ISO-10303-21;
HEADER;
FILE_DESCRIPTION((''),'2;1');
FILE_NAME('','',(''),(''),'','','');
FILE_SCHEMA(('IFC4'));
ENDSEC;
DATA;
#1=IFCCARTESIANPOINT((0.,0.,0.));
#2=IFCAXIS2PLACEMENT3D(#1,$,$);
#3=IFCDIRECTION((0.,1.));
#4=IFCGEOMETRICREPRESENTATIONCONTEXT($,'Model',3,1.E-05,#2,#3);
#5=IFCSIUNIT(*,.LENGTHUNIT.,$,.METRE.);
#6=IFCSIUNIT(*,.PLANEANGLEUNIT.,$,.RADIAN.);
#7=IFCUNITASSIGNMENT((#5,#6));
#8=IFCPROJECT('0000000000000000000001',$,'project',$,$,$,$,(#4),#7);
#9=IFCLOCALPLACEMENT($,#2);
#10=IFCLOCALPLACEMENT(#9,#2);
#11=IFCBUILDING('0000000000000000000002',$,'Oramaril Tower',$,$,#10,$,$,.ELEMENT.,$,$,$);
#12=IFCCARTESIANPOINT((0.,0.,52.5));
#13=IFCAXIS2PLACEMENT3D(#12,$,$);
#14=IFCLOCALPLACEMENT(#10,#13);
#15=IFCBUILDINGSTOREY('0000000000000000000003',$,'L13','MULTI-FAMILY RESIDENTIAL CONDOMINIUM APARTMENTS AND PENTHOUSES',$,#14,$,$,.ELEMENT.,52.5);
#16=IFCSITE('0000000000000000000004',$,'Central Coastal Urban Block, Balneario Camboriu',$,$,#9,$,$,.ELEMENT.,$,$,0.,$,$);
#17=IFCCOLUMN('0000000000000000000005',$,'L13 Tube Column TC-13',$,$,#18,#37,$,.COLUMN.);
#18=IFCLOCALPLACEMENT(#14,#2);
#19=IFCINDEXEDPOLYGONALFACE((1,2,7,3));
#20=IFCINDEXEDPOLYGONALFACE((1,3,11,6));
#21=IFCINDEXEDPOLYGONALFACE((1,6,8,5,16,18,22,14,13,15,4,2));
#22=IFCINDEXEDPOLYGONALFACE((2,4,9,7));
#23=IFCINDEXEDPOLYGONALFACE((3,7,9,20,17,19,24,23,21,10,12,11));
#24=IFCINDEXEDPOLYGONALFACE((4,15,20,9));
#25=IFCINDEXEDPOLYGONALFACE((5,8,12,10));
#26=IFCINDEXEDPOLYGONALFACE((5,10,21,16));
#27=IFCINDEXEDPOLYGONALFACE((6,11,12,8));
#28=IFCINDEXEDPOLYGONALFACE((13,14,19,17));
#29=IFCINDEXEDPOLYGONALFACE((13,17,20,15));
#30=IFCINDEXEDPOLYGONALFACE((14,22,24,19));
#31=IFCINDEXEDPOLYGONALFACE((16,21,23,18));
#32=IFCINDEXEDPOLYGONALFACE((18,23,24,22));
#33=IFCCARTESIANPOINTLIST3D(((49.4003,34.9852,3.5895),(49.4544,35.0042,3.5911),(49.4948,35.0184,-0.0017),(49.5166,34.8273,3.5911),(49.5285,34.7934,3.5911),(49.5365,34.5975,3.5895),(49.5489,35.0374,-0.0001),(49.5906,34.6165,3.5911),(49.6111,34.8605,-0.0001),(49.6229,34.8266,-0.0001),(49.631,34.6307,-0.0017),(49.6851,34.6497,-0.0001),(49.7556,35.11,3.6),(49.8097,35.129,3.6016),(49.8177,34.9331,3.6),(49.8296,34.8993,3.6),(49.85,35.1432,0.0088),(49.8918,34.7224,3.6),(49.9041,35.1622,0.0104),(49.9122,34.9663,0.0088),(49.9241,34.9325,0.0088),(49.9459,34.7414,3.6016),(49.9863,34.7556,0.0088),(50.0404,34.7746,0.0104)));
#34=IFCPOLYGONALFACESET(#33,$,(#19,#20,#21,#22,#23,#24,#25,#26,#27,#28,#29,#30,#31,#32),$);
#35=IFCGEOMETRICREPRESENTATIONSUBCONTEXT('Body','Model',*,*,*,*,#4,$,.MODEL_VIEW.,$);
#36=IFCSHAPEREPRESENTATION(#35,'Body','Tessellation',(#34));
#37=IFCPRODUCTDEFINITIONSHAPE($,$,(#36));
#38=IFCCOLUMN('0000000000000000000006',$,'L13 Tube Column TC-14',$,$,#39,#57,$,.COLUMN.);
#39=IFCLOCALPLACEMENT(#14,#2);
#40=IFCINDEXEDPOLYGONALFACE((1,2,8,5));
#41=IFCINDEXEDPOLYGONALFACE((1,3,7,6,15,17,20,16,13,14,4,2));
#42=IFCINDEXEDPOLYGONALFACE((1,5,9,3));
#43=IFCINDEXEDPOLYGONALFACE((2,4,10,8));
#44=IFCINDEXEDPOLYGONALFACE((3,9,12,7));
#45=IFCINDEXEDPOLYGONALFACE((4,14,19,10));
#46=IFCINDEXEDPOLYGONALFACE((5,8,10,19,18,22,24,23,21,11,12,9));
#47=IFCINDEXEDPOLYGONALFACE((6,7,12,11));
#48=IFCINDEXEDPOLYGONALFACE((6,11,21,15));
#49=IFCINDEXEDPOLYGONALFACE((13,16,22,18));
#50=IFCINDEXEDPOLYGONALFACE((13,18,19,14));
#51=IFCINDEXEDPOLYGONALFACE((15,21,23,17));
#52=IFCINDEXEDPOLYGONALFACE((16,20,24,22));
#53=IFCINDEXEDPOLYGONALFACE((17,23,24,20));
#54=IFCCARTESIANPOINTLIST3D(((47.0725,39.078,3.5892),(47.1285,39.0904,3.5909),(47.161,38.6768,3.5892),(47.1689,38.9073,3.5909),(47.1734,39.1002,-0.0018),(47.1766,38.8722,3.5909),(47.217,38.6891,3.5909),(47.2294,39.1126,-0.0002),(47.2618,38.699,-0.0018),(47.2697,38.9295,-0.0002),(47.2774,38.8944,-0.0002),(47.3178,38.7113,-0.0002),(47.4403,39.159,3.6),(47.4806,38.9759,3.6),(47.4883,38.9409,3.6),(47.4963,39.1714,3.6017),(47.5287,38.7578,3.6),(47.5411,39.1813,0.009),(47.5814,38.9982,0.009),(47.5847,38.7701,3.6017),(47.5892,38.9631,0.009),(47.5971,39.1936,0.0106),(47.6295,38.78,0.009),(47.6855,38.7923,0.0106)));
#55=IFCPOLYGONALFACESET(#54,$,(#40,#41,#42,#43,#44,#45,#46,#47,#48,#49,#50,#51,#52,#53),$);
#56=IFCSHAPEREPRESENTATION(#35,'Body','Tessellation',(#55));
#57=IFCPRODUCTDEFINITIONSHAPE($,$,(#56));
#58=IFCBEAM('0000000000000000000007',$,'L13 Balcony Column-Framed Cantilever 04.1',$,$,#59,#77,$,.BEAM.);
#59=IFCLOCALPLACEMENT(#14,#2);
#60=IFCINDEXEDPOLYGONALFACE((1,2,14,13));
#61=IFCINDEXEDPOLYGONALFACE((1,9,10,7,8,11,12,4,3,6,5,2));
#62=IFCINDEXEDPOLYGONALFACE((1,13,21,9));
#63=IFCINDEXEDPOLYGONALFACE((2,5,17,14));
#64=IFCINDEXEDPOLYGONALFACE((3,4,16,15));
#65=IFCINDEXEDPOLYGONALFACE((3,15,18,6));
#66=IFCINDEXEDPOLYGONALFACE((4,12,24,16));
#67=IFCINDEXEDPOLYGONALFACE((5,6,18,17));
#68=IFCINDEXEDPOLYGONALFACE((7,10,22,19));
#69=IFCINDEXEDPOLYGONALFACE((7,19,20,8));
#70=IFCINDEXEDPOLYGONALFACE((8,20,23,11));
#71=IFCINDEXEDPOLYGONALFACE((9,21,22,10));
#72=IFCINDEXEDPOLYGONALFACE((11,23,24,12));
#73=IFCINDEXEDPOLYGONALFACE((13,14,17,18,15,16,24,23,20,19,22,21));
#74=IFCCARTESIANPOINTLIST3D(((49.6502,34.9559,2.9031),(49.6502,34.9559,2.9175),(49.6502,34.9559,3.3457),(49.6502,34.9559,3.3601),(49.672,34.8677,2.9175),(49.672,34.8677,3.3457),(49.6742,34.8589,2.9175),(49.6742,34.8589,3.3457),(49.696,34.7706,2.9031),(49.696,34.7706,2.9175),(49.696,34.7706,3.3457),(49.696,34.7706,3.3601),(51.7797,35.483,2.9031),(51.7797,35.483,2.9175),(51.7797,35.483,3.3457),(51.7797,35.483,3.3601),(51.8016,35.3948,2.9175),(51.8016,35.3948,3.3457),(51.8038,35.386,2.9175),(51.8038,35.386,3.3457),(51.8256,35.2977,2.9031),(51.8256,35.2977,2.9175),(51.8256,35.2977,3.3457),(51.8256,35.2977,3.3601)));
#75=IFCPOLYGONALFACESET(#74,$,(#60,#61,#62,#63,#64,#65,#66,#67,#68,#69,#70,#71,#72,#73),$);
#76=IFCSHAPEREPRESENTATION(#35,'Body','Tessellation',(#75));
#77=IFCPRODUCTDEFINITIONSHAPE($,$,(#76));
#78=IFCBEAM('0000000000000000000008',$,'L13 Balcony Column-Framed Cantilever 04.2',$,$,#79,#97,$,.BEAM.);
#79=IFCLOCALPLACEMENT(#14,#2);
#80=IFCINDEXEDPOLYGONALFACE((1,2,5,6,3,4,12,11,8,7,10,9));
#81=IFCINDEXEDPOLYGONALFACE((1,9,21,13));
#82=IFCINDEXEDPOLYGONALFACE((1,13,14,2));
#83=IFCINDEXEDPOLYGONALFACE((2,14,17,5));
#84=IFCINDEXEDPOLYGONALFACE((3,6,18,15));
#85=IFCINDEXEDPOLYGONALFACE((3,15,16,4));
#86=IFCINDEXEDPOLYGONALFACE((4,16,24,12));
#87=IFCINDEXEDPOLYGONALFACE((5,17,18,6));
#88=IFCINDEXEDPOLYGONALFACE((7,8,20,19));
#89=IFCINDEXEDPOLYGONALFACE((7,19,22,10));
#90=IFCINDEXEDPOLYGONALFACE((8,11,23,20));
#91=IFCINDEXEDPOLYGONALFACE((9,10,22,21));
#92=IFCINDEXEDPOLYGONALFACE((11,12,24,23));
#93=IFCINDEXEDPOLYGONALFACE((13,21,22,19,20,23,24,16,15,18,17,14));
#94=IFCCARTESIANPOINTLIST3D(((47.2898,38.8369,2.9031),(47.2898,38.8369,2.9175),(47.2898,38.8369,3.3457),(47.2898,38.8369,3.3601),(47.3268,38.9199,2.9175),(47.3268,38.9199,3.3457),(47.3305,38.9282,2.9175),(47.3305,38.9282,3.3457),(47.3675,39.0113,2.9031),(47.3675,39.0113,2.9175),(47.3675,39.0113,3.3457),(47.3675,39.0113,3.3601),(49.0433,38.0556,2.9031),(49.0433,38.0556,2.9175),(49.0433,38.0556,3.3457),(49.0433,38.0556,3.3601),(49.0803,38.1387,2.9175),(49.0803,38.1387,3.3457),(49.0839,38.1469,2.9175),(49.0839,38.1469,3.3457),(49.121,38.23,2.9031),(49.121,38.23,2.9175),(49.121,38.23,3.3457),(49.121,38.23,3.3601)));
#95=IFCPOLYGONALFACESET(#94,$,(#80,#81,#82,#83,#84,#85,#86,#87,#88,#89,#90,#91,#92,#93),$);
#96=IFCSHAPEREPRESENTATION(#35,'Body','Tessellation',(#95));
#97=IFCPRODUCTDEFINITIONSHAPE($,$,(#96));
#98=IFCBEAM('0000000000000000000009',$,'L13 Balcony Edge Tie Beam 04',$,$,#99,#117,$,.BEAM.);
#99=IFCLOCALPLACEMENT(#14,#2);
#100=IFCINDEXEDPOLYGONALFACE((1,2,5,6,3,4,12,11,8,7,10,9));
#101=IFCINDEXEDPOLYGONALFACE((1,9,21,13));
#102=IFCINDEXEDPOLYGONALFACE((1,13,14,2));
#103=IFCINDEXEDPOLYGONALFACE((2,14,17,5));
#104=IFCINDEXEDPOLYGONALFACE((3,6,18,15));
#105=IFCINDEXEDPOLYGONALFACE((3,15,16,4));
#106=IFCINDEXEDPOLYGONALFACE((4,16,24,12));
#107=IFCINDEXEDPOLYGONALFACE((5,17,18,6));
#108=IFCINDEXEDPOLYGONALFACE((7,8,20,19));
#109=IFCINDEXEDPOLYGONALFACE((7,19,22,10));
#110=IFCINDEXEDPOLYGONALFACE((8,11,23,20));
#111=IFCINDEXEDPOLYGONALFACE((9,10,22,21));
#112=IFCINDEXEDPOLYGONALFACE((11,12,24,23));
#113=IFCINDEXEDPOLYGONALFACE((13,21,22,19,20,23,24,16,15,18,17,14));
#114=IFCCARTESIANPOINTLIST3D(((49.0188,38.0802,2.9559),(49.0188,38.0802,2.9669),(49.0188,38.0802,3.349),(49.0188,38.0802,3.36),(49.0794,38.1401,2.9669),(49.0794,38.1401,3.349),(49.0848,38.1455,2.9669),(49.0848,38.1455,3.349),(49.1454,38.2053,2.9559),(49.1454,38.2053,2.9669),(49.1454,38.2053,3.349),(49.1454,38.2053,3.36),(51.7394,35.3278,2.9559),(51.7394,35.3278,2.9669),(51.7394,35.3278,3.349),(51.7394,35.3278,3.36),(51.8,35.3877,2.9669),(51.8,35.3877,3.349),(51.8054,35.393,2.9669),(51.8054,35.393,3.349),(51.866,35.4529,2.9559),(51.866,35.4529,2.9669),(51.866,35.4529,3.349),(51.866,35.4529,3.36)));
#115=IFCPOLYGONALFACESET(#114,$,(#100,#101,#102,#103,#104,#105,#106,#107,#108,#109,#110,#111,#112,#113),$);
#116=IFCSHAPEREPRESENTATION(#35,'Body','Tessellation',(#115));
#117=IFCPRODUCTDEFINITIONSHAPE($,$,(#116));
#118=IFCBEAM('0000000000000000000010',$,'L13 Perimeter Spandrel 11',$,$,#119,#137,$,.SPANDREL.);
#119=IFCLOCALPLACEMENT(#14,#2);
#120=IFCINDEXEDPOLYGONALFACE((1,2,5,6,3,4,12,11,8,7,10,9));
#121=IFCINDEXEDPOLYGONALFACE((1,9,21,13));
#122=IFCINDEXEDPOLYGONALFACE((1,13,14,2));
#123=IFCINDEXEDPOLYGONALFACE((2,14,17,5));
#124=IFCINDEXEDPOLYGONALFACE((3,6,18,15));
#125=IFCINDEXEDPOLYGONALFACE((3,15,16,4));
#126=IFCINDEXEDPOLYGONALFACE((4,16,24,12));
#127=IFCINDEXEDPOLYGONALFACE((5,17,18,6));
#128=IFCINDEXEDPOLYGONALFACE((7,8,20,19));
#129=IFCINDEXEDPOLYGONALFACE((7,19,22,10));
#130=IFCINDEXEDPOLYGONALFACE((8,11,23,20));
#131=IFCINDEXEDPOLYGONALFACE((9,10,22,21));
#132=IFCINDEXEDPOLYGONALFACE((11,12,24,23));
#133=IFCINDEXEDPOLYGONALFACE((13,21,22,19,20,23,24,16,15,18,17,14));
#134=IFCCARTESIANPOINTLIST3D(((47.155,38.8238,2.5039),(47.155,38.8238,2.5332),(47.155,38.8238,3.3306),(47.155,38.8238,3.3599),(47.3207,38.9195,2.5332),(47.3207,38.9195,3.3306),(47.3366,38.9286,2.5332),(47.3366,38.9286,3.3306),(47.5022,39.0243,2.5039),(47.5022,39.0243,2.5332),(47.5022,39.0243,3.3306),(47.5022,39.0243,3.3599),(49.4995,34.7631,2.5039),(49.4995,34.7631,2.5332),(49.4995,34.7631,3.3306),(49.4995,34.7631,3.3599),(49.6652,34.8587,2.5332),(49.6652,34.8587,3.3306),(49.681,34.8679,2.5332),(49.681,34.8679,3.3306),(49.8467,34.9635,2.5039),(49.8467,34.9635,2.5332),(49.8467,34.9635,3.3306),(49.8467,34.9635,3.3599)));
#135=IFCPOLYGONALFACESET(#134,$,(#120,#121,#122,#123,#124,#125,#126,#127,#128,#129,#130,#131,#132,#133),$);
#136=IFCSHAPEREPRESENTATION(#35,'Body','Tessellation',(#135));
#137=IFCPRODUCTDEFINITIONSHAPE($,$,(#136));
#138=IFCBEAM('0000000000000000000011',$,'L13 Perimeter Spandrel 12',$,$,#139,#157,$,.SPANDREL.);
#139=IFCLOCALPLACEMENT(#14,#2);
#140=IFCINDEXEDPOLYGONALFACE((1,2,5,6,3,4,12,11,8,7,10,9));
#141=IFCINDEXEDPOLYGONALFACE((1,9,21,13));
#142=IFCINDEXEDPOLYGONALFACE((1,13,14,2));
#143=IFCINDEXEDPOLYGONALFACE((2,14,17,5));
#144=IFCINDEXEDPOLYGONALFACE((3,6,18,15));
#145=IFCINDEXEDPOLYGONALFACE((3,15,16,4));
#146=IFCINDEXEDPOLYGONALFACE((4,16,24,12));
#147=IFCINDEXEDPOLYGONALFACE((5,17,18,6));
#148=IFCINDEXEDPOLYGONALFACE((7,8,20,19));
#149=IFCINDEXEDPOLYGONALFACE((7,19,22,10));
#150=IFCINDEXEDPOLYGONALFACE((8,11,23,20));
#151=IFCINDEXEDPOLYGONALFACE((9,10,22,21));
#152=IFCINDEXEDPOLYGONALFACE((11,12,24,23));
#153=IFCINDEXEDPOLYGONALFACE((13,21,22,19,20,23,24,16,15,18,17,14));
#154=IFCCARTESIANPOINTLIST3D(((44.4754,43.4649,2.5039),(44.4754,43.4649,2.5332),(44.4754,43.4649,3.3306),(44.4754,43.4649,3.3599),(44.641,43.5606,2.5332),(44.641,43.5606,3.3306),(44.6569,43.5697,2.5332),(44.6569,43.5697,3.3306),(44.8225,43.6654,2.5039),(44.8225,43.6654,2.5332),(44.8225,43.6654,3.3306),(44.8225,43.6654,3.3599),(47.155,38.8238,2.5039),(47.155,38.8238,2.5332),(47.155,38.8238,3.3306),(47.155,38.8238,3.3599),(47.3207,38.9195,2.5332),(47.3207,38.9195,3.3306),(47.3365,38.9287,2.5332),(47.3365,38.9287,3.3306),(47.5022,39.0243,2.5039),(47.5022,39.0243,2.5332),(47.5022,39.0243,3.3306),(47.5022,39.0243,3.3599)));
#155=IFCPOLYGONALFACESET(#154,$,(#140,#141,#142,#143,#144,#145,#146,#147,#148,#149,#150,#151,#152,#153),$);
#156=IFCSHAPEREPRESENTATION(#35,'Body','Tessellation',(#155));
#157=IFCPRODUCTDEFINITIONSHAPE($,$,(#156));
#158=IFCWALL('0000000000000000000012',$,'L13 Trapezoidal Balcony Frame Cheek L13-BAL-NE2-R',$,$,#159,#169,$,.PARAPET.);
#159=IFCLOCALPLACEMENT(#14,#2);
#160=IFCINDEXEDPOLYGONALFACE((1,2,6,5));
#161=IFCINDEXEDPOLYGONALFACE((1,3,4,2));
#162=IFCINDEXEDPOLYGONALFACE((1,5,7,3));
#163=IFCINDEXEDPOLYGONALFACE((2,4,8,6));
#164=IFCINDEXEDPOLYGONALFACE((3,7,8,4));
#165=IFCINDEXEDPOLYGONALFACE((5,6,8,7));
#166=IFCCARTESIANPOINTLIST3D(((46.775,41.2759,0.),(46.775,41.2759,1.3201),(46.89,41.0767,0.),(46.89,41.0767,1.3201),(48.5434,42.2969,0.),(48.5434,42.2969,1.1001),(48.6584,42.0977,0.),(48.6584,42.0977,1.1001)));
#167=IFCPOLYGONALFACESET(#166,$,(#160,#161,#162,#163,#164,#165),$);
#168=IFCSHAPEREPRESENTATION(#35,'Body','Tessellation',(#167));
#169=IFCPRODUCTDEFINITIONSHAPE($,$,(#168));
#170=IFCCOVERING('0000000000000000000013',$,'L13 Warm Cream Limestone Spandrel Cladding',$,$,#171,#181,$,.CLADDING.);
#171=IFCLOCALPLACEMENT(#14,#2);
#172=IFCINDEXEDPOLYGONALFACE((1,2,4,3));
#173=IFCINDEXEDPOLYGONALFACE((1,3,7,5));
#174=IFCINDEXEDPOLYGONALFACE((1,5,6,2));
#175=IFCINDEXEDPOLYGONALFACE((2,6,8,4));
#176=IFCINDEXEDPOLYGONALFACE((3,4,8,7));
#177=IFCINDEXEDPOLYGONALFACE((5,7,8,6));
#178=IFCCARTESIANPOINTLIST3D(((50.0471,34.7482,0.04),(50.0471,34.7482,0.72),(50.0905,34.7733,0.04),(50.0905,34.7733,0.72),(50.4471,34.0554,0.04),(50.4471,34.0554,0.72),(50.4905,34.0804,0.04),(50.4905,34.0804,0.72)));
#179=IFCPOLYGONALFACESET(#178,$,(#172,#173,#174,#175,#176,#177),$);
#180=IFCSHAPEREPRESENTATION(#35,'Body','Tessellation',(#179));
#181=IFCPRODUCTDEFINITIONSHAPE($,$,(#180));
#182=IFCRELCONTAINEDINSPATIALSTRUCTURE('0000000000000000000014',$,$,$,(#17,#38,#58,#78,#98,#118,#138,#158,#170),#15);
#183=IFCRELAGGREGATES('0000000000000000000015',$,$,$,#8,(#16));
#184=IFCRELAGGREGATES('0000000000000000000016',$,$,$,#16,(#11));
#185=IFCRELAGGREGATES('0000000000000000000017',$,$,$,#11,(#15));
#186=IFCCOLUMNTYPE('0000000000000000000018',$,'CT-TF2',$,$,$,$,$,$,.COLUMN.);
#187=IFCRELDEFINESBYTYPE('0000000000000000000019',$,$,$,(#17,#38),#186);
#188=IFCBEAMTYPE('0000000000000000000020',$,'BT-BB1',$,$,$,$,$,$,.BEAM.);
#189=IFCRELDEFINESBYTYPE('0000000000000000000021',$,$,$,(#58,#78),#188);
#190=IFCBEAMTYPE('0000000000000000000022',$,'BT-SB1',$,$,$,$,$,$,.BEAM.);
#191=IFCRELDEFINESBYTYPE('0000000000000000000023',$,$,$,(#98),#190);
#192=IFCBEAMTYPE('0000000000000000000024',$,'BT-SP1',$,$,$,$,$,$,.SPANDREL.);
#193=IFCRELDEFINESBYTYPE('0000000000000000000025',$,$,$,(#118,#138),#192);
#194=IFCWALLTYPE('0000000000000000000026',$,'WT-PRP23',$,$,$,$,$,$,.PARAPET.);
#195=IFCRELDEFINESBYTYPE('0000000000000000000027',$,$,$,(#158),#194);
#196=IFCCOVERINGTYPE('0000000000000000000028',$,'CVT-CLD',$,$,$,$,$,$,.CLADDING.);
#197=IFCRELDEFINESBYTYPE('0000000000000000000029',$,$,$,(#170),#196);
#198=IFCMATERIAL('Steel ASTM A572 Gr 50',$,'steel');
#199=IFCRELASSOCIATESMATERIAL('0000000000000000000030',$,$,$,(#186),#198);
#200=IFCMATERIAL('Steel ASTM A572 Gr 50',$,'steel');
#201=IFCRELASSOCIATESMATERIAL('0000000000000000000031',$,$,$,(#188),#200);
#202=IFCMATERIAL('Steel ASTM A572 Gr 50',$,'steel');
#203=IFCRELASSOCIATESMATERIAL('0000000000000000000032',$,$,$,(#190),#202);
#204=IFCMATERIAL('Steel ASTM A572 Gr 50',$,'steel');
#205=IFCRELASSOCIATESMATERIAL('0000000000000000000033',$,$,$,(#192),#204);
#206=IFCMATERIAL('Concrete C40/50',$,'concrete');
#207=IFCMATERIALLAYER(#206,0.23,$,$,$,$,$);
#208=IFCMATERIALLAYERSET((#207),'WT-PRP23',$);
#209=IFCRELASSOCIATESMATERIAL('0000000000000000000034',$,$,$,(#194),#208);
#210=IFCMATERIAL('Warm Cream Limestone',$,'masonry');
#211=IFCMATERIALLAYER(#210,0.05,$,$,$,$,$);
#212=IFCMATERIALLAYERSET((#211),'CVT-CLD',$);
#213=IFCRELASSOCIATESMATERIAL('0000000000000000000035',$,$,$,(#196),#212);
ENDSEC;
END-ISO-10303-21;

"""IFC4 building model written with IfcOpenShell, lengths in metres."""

from ifc_helpers import new_model, si_unit, direction, frame, origin, origin_2d, place, context, subcontext, project, spatial, polyline, rectangle, i_section, outline, extrude, material, layer, layer_set, material_profile, profile_set, type_object, element, save


model = new_model("IFC4")

# Units and contexts
model_context = context("Model", 3, precision=1e-05, world=origin(), true_north=direction((0.0, 1.0)))
body_context = subcontext(model_context, "Body", "Model", "MODEL_VIEW")
ifc_project = project(units=[si_unit("LENGTHUNIT", "METRE"), si_unit("PLANEANGLEUNIT", "RADIAN")], contexts=[model_context])

# Site, building, storey
site_placement = place(None, origin())
site = spatial("IfcSite", under=ifc_project, at=site_placement, Name="Central Coastal Urban Block, Balneario Camboriu", CompositionType="ELEMENT", RefElevation=0.0)
building_placement = place(site_placement, origin())
building = spatial("IfcBuilding", under=site, at=building_placement, Name="Oramaril Tower", CompositionType="ELEMENT")
storey_placement = place(building_placement, frame((0.0, 0.0, 52.5)))
storey = spatial("IfcBuildingStorey", under=building, at=storey_placement, Name="L13", Description="MULTI-FAMILY RESIDENTIAL CONDOMINIUM APARTMENTS AND PENTHOUSES", CompositionType="ELEMENT", Elevation=52.5)

# Columns
ifc_material_1 = material(Name="Steel ASTM A572 Gr 50", Category="steel")
ifc_material_profile_1 = material_profile(ifc_material_1, i_section(OverallWidth=0.4109, OverallDepth=0.4341, WebThickness=0.0359, FlangeThickness=0.0574, at=origin_2d()), Name="W14X311")
ifc_profile_set_1 = profile_set([ifc_material_profile_1], Name="Steel ASTM A572 Gr 50")
column_type = type_object("IfcColumnType", Name="CT-TF2", PredefinedType="COLUMN", material=ifc_profile_set_1)
for number, where, z_axis, x_axis, name in (
    (1, (49.7676, 34.8965, 0.0044), (-0.0263, -0.009242, 0.999611), (0.331545, -0.94344, 0.0), "L13 Tube Column TC-13"),
    (2, (47.4294, 38.9463, 0.0044), (-0.028066, -0.006184, 0.999587), (0.215178, -0.976575, 0.0), "L13 Tube Column TC-14"),
):
    element("IfcColumn", number, at=place(storey_placement, frame(where, z_axis=z_axis, x_axis=x_axis)), inside=storey, type_object=column_type, Name=name, PredefinedType="COLUMN", context=body_context, shape_type="SweptSolid", body=[
        extrude(i_section(OverallWidth=0.4109, OverallDepth=0.4341, WebThickness=0.0359, FlangeThickness=0.0574, at=origin_2d()), origin(), (0.0, 0.0, 1.0), 3.5925),
    ])

# Beams
ifc_material_2 = material(Name="Steel ASTM A572 Gr 50", Category="steel")
ifc_material_profile_2 = material_profile(ifc_material_2, i_section(OverallWidth=0.1909, OverallDepth=0.457, WebThickness=0.009, FlangeThickness=0.0144, at=origin_2d()), Name="W18X50")
ifc_profile_set_2 = profile_set([ifc_material_profile_2], Name="Steel ASTM A572 Gr 50")
beam_type_1 = type_object("IfcBeamType", Name="BT-BB1", PredefinedType="BEAM", material=ifc_profile_set_2)
beam_1_placement = place(storey_placement, frame((49.6731, 34.8633, 3.1316), z_axis=(0.970709, 0.240257, 0.0), x_axis=(-0.240257, 0.970709, 0.0)))
element("IfcBeam", 3, at=beam_1_placement, inside=storey, type_object=beam_type_1, Name="L13 Balcony Column-Framed Cantilever 04.1", PredefinedType="BEAM", context=body_context, shape_type="SweptSolid", body=[
    extrude(i_section(OverallWidth=0.1909, OverallDepth=0.457, WebThickness=0.009, FlangeThickness=0.0144, at=origin_2d()), origin(), (0.0, 0.0, 1.0), 2.1938),
])
beam_2_placement = place(storey_placement, frame((47.3286, 38.9241, 3.1316), z_axis=(0.913434, -0.406988, 0.0), x_axis=(0.406988, 0.913434, 0.0)))
element("IfcBeam", 4, at=beam_2_placement, inside=storey, type_object=beam_type_1, Name="L13 Balcony Column-Framed Cantilever 04.2", PredefinedType="BEAM", context=body_context, shape_type="SweptSolid", body=[
    extrude(i_section(OverallWidth=0.1909, OverallDepth=0.457, WebThickness=0.009, FlangeThickness=0.0144, at=origin_2d()), origin(), (0.0, 0.0, 1.0), 1.9197),
])
ifc_material_3 = material(Name="Steel ASTM A572 Gr 50", Category="steel")
ifc_material_profile_3 = material_profile(ifc_material_3, i_section(OverallWidth=0.178, OverallDepth=0.4041, WebThickness=0.0076, FlangeThickness=0.011, at=origin_2d()), Name="W16X36")
ifc_profile_set_3 = profile_set([ifc_material_profile_3], Name="Steel ASTM A572 Gr 50")
beam_type_2 = type_object("IfcBeamType", Name="BT-SB1", PredefinedType="BEAM", material=ifc_profile_set_3)
beam_3_placement = place(storey_placement, frame((51.8027, 35.3904, 3.158), z_axis=(-0.702995, 0.711195, 0.0), x_axis=(-0.711195, -0.702995, 0.0)))
element("IfcBeam", 5, at=beam_3_placement, inside=storey, type_object=beam_type_2, Name="L13 Balcony Edge Tie Beam 04", PredefinedType="BEAM", context=body_context, shape_type="SweptSolid", body=[
    extrude(i_section(OverallWidth=0.178, OverallDepth=0.4041, WebThickness=0.0076, FlangeThickness=0.011, at=origin_2d()), origin(), (0.0, 0.0, 1.0), 3.8701),
])
ifc_material_4 = material(Name="Steel ASTM A572 Gr 50", Category="steel")
ifc_material_profile_4 = material_profile(ifc_material_4, i_section(OverallWidth=0.4009, OverallDepth=0.856, WebThickness=0.0183, FlangeThickness=0.0293, at=origin_2d()), Name="W33X201")
ifc_profile_set_4 = profile_set([ifc_material_profile_4], Name="Steel ASTM A572 Gr 50")
beam_type_3 = type_object("IfcBeamType", Name="BT-SP1", PredefinedType="SPANDREL", material=ifc_profile_set_4)
beam_4_placement = place(storey_placement, frame((49.6731, 34.8633, 2.9319), z_axis=(-0.499997, 0.866027, 0.0), x_axis=(-0.866027, -0.499997, 0.0)))
element("IfcBeam", 6, at=beam_4_placement, inside=storey, type_object=beam_type_3, Name="L13 Perimeter Spandrel 11", PredefinedType="SPANDREL", context=body_context, shape_type="SweptSolid", body=[
    extrude(i_section(OverallWidth=0.4009, OverallDepth=0.856, WebThickness=0.0183, FlangeThickness=0.0293, at=origin_2d()), origin(), (0.0, 0.0, 1.0), 4.689),
])
beam_5_placement = place(storey_placement, frame((47.3286, 38.9241, 2.9319), z_axis=(-0.50002, 0.866014, 0.0), x_axis=(-0.866014, -0.50002, 0.0)))
element("IfcBeam", 7, at=beam_5_placement, inside=storey, type_object=beam_type_3, Name="L13 Perimeter Spandrel 12", PredefinedType="SPANDREL", context=body_context, shape_type="SweptSolid", body=[
    extrude(i_section(OverallWidth=0.4009, OverallDepth=0.856, WebThickness=0.0183, FlangeThickness=0.0293, at=origin_2d()), origin(), (0.0, 0.0, 1.0), 5.3591),
])

# Wall
ifc_material_5 = material(Name="Concrete C40/50", Category="concrete")
ifc_layer_1 = layer(ifc_material_5, 0.23)
ifc_layer_set_1 = layer_set([ifc_layer_1], Name="WT-PRP23")
wall_type = type_object("IfcWallType", Name="WT-PRP23", PredefinedType="PARAPET", material=ifc_layer_set_1)
wall_placement = place(storey_placement, frame((46.8325, 41.1763, 0.0), z_axis=(0.0, 0.0, 1.0), x_axis=(0.866012, 0.500023, 0.0)))
element("IfcWall", 8, at=wall_placement, inside=storey, type_object=wall_type, Name="L13 Trapezoidal Balcony Frame Cheek L13-BAL-NE2-R", PredefinedType="PARAPET", context=body_context, shape_type="SweptSolid", body=[
    extrude(outline(polyline([(0.0, 0.0), (2.042, 0.0), (2.042, 1.1001), (0.0, 1.3201), (0.0, 0.0)])), frame((0.0, 0.115, 0.0), z_axis=(0.0, -1.0, 0.0), x_axis=(1.0, 0.0, 0.0)), (0.0, 0.0, 1.0), 0.23),
])

# Covering
ifc_material_6 = material(Name="Warm Cream Limestone", Category="masonry")
ifc_layer_2 = layer(ifc_material_6, 0.05)
ifc_layer_set_2 = layer_set([ifc_layer_2], Name="CVT-CLD")
covering_type = type_object("IfcCoveringType", Name="CVT-CLD", PredefinedType="CLADDING", material=ifc_layer_set_2)
covering_placement = place(storey_placement, frame((50.2688, 34.4143, 0.04), z_axis=(0.0, 0.0, 1.0), x_axis=(-0.5, 0.866025, 0.0)))
element("IfcCovering", 9, at=covering_placement, inside=storey, type_object=covering_type, Name="L13 Warm Cream Limestone Spandrel Cladding", PredefinedType="CLADDING", context=body_context, shape_type="SweptSolid", body=[
    extrude(rectangle(XDim=0.8, YDim=0.05, at=origin_2d()), origin(), (0.0, 0.0, 1.0), 0.6799),
])

save(model, "model.ifc")
